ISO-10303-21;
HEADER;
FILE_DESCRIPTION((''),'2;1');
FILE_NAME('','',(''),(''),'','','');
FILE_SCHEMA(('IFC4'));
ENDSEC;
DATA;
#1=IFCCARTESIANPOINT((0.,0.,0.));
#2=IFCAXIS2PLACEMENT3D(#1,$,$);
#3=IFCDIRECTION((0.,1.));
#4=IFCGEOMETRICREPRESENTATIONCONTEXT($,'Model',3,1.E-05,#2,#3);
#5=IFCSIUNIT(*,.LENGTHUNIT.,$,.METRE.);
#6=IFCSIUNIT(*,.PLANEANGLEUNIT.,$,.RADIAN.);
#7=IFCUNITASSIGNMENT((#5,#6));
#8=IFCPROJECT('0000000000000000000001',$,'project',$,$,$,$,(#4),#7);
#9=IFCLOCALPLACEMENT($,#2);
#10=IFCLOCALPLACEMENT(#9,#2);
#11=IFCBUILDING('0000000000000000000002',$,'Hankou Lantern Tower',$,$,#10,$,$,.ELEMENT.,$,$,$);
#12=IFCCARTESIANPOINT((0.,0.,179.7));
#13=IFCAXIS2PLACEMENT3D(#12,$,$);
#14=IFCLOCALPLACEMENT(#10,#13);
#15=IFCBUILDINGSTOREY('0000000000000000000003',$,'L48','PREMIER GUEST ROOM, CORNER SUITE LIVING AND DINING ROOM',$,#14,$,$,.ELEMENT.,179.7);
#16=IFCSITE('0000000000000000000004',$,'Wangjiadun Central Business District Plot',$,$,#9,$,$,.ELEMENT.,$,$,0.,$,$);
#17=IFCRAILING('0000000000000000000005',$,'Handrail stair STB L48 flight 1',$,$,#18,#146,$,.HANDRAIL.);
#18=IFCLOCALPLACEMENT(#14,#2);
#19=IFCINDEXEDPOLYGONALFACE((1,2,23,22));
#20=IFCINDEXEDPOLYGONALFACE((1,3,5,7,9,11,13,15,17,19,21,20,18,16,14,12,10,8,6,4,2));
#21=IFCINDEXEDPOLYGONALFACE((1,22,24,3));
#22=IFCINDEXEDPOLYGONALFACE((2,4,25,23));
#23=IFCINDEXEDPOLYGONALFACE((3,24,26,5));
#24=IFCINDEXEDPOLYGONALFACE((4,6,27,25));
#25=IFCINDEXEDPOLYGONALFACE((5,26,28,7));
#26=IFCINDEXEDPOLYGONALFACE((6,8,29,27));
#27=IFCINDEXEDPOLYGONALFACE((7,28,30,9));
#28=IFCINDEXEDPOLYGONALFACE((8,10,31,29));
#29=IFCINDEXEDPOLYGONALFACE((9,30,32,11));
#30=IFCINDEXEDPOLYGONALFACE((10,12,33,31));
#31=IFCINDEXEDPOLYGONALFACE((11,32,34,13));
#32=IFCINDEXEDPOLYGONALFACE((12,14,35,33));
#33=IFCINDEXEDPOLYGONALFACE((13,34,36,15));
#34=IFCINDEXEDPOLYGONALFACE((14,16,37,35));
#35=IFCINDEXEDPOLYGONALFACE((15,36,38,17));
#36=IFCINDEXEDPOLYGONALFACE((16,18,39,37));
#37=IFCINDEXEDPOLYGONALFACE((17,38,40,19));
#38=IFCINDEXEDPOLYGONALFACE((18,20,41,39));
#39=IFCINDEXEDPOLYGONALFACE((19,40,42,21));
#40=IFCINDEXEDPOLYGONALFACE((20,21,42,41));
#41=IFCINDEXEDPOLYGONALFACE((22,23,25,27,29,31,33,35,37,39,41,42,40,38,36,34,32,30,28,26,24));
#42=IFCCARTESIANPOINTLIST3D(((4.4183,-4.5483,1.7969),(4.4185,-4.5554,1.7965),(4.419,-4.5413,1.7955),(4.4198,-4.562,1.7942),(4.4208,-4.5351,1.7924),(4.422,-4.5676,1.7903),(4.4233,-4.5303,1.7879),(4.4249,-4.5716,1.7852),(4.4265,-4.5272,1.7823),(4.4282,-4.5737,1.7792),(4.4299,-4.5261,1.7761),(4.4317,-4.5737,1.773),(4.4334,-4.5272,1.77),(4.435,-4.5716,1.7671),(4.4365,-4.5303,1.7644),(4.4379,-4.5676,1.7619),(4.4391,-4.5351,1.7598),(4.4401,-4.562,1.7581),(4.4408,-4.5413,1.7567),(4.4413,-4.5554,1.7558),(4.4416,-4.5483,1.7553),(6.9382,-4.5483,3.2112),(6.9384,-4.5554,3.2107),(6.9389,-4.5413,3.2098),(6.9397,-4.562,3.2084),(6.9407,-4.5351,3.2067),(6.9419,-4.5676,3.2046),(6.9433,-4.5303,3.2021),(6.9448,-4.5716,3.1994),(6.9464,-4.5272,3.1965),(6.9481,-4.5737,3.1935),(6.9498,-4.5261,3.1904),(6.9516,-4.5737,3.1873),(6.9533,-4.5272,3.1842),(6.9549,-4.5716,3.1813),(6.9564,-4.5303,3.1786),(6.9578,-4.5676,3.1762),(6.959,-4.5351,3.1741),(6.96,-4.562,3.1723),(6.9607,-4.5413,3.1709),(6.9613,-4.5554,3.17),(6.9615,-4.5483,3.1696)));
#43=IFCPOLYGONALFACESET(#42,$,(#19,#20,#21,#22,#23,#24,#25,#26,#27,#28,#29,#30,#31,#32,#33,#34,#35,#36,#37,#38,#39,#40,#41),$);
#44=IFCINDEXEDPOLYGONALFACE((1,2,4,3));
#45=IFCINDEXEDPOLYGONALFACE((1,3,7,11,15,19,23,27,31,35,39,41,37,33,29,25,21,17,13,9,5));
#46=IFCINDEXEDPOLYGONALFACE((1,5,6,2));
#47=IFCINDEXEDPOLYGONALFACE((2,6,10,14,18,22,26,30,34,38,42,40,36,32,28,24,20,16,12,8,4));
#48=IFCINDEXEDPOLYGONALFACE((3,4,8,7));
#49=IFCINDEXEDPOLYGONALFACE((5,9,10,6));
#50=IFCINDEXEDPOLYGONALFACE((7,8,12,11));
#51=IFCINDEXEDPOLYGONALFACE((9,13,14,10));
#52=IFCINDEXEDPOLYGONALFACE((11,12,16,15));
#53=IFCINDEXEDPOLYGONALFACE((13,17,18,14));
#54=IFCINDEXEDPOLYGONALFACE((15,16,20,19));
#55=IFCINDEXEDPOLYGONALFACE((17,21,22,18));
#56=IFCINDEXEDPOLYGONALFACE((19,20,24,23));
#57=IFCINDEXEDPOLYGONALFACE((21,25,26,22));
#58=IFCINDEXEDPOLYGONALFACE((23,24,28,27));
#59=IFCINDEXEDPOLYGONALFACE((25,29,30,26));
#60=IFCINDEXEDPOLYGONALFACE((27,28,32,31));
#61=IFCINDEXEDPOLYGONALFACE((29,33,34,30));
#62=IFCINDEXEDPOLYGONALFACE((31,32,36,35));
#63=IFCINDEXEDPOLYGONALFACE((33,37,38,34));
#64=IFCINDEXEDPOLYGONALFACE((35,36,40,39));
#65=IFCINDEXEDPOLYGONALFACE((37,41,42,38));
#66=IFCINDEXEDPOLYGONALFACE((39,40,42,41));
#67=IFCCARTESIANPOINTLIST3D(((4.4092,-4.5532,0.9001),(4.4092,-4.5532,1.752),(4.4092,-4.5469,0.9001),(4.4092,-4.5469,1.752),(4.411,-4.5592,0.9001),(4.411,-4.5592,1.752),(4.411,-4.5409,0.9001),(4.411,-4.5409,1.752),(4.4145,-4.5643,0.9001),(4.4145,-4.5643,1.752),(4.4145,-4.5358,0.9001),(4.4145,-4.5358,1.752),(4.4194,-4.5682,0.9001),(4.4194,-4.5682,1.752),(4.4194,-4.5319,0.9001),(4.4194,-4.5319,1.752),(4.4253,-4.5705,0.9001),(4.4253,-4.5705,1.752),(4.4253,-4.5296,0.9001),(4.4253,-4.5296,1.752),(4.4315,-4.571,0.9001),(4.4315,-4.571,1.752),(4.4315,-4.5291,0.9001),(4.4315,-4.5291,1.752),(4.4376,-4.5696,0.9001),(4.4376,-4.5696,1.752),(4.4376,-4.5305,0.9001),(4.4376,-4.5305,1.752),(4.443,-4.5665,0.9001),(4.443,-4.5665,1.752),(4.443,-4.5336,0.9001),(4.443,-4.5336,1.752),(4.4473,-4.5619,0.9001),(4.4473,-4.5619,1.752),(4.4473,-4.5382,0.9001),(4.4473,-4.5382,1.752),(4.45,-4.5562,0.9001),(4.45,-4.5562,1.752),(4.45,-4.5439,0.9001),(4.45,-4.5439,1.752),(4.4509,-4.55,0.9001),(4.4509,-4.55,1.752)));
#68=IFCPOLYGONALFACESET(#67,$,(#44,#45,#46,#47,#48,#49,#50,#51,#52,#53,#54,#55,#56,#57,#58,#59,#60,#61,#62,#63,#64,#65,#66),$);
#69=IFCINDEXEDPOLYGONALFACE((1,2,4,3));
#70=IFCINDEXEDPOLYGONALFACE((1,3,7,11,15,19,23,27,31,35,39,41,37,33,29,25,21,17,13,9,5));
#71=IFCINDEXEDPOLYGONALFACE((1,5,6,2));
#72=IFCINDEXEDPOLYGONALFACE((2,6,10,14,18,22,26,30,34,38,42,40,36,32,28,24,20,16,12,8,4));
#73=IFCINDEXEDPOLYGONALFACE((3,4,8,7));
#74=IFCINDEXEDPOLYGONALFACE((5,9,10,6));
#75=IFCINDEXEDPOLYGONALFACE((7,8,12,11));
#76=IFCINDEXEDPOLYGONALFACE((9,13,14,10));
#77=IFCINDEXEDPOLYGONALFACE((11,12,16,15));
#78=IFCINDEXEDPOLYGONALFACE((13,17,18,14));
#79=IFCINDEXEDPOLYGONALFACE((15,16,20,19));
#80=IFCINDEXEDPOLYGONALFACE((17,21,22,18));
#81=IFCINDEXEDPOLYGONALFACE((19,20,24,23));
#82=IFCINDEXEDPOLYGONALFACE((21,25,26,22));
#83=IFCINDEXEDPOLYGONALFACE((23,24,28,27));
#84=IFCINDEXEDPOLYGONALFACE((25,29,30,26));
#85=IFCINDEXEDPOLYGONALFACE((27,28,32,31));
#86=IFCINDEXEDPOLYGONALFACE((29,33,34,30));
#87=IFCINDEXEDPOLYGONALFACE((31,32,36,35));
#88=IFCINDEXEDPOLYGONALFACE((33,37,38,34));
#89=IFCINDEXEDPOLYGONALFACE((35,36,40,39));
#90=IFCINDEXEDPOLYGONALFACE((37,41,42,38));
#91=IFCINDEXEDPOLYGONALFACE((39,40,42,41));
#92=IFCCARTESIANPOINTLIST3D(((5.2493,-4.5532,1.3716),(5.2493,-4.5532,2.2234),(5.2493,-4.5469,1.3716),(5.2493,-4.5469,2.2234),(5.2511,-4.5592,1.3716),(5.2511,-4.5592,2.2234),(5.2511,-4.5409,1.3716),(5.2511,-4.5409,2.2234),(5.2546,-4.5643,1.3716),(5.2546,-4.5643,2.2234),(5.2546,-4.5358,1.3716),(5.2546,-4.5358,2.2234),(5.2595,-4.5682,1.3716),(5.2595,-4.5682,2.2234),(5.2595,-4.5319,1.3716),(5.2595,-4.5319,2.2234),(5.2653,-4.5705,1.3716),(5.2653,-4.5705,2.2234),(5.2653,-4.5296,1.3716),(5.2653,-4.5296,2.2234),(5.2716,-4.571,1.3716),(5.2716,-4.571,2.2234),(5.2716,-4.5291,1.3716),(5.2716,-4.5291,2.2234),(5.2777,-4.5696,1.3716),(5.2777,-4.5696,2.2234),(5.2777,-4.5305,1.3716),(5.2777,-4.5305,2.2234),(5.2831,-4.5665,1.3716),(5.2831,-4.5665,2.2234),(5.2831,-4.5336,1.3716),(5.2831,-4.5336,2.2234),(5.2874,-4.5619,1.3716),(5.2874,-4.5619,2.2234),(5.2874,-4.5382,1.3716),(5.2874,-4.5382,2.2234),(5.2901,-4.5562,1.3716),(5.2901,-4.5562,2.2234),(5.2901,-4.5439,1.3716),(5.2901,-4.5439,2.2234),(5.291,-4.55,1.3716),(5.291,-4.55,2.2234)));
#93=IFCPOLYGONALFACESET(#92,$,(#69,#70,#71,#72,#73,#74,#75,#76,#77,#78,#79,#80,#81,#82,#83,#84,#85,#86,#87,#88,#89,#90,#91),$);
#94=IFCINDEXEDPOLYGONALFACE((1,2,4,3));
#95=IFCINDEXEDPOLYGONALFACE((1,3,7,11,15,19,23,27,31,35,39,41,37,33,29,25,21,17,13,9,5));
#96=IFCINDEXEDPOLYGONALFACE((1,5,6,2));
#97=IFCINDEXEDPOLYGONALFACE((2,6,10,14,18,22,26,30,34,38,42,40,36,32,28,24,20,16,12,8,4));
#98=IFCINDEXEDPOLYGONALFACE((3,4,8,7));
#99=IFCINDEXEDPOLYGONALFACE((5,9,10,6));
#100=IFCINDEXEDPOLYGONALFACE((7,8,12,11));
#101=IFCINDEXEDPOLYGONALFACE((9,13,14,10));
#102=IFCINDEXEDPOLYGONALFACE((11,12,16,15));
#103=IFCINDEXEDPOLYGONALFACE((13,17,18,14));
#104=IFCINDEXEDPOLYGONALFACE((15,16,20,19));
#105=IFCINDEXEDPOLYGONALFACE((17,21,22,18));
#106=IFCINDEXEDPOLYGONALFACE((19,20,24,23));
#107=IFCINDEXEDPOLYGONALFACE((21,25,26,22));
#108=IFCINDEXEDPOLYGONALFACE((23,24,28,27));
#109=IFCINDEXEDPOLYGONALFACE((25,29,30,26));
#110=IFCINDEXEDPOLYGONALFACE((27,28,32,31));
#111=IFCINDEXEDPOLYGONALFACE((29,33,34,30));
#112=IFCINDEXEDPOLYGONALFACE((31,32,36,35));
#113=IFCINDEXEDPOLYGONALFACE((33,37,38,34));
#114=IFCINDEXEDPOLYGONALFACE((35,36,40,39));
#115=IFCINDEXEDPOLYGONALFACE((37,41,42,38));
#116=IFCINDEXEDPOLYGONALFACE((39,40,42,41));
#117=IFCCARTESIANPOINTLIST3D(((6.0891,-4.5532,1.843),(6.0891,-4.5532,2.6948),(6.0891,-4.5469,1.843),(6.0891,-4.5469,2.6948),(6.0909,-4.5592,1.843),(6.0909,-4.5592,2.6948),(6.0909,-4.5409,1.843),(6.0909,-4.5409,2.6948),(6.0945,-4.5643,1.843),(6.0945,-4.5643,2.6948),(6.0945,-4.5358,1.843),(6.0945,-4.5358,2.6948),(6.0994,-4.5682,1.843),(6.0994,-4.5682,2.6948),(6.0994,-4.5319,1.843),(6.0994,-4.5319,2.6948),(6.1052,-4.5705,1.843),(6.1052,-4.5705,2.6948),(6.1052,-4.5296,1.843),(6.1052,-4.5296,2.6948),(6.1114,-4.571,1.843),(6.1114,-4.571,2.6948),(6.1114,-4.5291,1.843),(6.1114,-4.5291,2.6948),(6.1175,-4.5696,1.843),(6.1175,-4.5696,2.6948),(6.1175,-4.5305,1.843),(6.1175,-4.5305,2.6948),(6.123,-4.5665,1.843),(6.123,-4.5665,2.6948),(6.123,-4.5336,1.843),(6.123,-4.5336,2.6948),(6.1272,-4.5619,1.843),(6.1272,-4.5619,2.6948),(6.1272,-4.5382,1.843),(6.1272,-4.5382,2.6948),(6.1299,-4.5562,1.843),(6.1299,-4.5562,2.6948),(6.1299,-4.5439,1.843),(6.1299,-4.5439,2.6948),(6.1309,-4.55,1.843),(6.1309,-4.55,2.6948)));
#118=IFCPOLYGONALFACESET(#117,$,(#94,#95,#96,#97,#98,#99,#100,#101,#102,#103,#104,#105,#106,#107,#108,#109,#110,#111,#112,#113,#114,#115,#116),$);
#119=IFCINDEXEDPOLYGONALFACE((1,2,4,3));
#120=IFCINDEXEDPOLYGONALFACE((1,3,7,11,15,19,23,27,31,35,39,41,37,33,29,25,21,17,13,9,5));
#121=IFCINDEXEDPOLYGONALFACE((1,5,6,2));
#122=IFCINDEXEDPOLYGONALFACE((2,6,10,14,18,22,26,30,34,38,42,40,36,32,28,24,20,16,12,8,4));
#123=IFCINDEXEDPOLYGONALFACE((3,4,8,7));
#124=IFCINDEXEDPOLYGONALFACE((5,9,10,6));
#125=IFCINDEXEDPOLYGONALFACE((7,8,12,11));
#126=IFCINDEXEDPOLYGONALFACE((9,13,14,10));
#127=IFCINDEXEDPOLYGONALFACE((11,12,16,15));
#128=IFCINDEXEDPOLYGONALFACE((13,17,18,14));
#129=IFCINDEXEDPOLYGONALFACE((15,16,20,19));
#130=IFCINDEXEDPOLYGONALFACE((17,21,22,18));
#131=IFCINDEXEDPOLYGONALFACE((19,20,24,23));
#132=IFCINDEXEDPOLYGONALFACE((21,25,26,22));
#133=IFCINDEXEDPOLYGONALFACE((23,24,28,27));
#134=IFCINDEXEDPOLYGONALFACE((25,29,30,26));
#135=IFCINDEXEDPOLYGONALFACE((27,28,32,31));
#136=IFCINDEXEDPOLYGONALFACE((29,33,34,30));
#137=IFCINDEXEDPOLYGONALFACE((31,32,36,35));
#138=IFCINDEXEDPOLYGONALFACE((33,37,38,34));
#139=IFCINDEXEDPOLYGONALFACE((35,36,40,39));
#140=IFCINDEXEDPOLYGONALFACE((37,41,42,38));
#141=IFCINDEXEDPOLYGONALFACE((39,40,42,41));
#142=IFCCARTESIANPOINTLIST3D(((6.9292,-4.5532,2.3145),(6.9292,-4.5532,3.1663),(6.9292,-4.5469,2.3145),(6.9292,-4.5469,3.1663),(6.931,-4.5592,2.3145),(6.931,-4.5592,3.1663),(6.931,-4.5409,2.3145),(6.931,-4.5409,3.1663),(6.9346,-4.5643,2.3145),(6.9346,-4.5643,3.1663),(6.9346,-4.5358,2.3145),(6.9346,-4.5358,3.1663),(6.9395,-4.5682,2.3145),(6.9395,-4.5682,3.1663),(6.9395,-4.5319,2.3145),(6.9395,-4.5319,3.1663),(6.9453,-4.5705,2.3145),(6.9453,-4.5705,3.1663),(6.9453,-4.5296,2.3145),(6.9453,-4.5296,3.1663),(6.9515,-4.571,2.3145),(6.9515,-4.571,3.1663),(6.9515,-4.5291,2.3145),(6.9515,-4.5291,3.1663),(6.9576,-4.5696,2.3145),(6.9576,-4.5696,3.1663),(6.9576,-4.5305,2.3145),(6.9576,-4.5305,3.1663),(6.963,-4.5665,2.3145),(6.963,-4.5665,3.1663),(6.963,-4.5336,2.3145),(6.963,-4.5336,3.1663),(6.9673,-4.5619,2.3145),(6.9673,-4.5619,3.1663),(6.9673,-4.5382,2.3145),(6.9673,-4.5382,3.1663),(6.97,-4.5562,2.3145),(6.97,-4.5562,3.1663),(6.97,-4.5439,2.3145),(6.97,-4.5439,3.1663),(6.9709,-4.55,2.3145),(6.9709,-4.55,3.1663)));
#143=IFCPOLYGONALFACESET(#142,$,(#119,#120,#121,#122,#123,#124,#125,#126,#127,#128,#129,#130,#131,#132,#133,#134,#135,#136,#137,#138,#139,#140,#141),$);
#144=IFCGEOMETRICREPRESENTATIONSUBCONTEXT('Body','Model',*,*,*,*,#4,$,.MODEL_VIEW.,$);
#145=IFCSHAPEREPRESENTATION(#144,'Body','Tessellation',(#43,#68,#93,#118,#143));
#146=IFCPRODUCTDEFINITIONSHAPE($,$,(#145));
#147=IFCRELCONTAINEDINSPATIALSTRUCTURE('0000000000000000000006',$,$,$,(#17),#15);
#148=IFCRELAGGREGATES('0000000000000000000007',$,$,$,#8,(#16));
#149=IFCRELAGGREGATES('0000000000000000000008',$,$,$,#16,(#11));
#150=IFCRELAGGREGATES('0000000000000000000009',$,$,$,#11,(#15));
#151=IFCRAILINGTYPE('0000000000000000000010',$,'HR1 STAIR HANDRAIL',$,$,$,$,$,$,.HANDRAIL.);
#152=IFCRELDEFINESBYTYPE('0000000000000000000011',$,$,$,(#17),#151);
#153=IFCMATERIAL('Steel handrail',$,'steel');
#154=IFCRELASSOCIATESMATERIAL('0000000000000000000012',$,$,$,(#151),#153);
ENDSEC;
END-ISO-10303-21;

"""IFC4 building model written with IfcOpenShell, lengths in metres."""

from ifc_helpers import new_model, si_unit, direction, frame, origin, origin_2d, place, context, subcontext, project, spatial, circle, extrude, material, type_object, element, save


model = new_model("IFC4")

# Units and contexts
model_context = context("Model", 3, precision=1e-05, world=origin(), true_north=direction((0.0, 1.0)))
body_context = subcontext(model_context, "Body", "Model", "MODEL_VIEW")
ifc_project = project(units=[si_unit("LENGTHUNIT", "METRE"), si_unit("PLANEANGLEUNIT", "RADIAN")], contexts=[model_context])

# Site, building, storey
site_placement = place(None, origin())
site = spatial("IfcSite", under=ifc_project, at=site_placement, Name="Wangjiadun Central Business District Plot", CompositionType="ELEMENT", RefElevation=0.0)
building_placement = place(site_placement, origin())
building = spatial("IfcBuilding", under=site, at=building_placement, Name="Hankou Lantern Tower", CompositionType="ELEMENT")
storey_placement = place(building_placement, frame((0.0, 0.0, 179.7)))
storey = spatial("IfcBuildingStorey", under=building, at=storey_placement, Name="L48", Description="PREMIER GUEST ROOM, CORNER SUITE LIVING AND DINING ROOM", CompositionType="ELEMENT", Elevation=179.7)

# Railing
ifc_material_1 = material(Name="Steel handrail", Category="steel")
railing_type = type_object("IfcRailingType", Name="HR1 STAIR HANDRAIL", PredefinedType="HANDRAIL", material=ifc_material_1)
railing_1_placement = place(storey_placement, frame((4.4299, -4.55, 0.9001)))
element("IfcRailing", 1, at=railing_1_placement, inside=storey, type_object=railing_type, Name="Handrail stair STB L48 flight 1", PredefinedType="HANDRAIL", context=body_context, shape_type="SweptSolid", body=[
    extrude(circle(Radius=0.0239, at=origin_2d()), frame((0.0, 0.0, 0.876), z_axis=(0.872049, 0.0, 0.489419), x_axis=(0.0, 1.0, 0.0)), (0.0, 0.0, 1.0), 2.8896),
    extrude(circle(Radius=0.021, at=origin_2d()), origin(), (0.0, 0.0, 1.0), 0.8518),
    extrude(circle(Radius=0.021, at=origin_2d()), frame((0.8401, 0.0, 0.4714)), (0.0, 0.0, 1.0), 0.8518),
    extrude(circle(Radius=0.021, at=origin_2d()), frame((1.6799, 0.0, 0.9429)), (0.0, 0.0, 1.0), 0.8518),
    extrude(circle(Radius=0.021, at=origin_2d()), frame((2.52, 0.0, 1.4143)), (0.0, 0.0, 1.0), 0.8518),
])

save(model, "model.ifc")
